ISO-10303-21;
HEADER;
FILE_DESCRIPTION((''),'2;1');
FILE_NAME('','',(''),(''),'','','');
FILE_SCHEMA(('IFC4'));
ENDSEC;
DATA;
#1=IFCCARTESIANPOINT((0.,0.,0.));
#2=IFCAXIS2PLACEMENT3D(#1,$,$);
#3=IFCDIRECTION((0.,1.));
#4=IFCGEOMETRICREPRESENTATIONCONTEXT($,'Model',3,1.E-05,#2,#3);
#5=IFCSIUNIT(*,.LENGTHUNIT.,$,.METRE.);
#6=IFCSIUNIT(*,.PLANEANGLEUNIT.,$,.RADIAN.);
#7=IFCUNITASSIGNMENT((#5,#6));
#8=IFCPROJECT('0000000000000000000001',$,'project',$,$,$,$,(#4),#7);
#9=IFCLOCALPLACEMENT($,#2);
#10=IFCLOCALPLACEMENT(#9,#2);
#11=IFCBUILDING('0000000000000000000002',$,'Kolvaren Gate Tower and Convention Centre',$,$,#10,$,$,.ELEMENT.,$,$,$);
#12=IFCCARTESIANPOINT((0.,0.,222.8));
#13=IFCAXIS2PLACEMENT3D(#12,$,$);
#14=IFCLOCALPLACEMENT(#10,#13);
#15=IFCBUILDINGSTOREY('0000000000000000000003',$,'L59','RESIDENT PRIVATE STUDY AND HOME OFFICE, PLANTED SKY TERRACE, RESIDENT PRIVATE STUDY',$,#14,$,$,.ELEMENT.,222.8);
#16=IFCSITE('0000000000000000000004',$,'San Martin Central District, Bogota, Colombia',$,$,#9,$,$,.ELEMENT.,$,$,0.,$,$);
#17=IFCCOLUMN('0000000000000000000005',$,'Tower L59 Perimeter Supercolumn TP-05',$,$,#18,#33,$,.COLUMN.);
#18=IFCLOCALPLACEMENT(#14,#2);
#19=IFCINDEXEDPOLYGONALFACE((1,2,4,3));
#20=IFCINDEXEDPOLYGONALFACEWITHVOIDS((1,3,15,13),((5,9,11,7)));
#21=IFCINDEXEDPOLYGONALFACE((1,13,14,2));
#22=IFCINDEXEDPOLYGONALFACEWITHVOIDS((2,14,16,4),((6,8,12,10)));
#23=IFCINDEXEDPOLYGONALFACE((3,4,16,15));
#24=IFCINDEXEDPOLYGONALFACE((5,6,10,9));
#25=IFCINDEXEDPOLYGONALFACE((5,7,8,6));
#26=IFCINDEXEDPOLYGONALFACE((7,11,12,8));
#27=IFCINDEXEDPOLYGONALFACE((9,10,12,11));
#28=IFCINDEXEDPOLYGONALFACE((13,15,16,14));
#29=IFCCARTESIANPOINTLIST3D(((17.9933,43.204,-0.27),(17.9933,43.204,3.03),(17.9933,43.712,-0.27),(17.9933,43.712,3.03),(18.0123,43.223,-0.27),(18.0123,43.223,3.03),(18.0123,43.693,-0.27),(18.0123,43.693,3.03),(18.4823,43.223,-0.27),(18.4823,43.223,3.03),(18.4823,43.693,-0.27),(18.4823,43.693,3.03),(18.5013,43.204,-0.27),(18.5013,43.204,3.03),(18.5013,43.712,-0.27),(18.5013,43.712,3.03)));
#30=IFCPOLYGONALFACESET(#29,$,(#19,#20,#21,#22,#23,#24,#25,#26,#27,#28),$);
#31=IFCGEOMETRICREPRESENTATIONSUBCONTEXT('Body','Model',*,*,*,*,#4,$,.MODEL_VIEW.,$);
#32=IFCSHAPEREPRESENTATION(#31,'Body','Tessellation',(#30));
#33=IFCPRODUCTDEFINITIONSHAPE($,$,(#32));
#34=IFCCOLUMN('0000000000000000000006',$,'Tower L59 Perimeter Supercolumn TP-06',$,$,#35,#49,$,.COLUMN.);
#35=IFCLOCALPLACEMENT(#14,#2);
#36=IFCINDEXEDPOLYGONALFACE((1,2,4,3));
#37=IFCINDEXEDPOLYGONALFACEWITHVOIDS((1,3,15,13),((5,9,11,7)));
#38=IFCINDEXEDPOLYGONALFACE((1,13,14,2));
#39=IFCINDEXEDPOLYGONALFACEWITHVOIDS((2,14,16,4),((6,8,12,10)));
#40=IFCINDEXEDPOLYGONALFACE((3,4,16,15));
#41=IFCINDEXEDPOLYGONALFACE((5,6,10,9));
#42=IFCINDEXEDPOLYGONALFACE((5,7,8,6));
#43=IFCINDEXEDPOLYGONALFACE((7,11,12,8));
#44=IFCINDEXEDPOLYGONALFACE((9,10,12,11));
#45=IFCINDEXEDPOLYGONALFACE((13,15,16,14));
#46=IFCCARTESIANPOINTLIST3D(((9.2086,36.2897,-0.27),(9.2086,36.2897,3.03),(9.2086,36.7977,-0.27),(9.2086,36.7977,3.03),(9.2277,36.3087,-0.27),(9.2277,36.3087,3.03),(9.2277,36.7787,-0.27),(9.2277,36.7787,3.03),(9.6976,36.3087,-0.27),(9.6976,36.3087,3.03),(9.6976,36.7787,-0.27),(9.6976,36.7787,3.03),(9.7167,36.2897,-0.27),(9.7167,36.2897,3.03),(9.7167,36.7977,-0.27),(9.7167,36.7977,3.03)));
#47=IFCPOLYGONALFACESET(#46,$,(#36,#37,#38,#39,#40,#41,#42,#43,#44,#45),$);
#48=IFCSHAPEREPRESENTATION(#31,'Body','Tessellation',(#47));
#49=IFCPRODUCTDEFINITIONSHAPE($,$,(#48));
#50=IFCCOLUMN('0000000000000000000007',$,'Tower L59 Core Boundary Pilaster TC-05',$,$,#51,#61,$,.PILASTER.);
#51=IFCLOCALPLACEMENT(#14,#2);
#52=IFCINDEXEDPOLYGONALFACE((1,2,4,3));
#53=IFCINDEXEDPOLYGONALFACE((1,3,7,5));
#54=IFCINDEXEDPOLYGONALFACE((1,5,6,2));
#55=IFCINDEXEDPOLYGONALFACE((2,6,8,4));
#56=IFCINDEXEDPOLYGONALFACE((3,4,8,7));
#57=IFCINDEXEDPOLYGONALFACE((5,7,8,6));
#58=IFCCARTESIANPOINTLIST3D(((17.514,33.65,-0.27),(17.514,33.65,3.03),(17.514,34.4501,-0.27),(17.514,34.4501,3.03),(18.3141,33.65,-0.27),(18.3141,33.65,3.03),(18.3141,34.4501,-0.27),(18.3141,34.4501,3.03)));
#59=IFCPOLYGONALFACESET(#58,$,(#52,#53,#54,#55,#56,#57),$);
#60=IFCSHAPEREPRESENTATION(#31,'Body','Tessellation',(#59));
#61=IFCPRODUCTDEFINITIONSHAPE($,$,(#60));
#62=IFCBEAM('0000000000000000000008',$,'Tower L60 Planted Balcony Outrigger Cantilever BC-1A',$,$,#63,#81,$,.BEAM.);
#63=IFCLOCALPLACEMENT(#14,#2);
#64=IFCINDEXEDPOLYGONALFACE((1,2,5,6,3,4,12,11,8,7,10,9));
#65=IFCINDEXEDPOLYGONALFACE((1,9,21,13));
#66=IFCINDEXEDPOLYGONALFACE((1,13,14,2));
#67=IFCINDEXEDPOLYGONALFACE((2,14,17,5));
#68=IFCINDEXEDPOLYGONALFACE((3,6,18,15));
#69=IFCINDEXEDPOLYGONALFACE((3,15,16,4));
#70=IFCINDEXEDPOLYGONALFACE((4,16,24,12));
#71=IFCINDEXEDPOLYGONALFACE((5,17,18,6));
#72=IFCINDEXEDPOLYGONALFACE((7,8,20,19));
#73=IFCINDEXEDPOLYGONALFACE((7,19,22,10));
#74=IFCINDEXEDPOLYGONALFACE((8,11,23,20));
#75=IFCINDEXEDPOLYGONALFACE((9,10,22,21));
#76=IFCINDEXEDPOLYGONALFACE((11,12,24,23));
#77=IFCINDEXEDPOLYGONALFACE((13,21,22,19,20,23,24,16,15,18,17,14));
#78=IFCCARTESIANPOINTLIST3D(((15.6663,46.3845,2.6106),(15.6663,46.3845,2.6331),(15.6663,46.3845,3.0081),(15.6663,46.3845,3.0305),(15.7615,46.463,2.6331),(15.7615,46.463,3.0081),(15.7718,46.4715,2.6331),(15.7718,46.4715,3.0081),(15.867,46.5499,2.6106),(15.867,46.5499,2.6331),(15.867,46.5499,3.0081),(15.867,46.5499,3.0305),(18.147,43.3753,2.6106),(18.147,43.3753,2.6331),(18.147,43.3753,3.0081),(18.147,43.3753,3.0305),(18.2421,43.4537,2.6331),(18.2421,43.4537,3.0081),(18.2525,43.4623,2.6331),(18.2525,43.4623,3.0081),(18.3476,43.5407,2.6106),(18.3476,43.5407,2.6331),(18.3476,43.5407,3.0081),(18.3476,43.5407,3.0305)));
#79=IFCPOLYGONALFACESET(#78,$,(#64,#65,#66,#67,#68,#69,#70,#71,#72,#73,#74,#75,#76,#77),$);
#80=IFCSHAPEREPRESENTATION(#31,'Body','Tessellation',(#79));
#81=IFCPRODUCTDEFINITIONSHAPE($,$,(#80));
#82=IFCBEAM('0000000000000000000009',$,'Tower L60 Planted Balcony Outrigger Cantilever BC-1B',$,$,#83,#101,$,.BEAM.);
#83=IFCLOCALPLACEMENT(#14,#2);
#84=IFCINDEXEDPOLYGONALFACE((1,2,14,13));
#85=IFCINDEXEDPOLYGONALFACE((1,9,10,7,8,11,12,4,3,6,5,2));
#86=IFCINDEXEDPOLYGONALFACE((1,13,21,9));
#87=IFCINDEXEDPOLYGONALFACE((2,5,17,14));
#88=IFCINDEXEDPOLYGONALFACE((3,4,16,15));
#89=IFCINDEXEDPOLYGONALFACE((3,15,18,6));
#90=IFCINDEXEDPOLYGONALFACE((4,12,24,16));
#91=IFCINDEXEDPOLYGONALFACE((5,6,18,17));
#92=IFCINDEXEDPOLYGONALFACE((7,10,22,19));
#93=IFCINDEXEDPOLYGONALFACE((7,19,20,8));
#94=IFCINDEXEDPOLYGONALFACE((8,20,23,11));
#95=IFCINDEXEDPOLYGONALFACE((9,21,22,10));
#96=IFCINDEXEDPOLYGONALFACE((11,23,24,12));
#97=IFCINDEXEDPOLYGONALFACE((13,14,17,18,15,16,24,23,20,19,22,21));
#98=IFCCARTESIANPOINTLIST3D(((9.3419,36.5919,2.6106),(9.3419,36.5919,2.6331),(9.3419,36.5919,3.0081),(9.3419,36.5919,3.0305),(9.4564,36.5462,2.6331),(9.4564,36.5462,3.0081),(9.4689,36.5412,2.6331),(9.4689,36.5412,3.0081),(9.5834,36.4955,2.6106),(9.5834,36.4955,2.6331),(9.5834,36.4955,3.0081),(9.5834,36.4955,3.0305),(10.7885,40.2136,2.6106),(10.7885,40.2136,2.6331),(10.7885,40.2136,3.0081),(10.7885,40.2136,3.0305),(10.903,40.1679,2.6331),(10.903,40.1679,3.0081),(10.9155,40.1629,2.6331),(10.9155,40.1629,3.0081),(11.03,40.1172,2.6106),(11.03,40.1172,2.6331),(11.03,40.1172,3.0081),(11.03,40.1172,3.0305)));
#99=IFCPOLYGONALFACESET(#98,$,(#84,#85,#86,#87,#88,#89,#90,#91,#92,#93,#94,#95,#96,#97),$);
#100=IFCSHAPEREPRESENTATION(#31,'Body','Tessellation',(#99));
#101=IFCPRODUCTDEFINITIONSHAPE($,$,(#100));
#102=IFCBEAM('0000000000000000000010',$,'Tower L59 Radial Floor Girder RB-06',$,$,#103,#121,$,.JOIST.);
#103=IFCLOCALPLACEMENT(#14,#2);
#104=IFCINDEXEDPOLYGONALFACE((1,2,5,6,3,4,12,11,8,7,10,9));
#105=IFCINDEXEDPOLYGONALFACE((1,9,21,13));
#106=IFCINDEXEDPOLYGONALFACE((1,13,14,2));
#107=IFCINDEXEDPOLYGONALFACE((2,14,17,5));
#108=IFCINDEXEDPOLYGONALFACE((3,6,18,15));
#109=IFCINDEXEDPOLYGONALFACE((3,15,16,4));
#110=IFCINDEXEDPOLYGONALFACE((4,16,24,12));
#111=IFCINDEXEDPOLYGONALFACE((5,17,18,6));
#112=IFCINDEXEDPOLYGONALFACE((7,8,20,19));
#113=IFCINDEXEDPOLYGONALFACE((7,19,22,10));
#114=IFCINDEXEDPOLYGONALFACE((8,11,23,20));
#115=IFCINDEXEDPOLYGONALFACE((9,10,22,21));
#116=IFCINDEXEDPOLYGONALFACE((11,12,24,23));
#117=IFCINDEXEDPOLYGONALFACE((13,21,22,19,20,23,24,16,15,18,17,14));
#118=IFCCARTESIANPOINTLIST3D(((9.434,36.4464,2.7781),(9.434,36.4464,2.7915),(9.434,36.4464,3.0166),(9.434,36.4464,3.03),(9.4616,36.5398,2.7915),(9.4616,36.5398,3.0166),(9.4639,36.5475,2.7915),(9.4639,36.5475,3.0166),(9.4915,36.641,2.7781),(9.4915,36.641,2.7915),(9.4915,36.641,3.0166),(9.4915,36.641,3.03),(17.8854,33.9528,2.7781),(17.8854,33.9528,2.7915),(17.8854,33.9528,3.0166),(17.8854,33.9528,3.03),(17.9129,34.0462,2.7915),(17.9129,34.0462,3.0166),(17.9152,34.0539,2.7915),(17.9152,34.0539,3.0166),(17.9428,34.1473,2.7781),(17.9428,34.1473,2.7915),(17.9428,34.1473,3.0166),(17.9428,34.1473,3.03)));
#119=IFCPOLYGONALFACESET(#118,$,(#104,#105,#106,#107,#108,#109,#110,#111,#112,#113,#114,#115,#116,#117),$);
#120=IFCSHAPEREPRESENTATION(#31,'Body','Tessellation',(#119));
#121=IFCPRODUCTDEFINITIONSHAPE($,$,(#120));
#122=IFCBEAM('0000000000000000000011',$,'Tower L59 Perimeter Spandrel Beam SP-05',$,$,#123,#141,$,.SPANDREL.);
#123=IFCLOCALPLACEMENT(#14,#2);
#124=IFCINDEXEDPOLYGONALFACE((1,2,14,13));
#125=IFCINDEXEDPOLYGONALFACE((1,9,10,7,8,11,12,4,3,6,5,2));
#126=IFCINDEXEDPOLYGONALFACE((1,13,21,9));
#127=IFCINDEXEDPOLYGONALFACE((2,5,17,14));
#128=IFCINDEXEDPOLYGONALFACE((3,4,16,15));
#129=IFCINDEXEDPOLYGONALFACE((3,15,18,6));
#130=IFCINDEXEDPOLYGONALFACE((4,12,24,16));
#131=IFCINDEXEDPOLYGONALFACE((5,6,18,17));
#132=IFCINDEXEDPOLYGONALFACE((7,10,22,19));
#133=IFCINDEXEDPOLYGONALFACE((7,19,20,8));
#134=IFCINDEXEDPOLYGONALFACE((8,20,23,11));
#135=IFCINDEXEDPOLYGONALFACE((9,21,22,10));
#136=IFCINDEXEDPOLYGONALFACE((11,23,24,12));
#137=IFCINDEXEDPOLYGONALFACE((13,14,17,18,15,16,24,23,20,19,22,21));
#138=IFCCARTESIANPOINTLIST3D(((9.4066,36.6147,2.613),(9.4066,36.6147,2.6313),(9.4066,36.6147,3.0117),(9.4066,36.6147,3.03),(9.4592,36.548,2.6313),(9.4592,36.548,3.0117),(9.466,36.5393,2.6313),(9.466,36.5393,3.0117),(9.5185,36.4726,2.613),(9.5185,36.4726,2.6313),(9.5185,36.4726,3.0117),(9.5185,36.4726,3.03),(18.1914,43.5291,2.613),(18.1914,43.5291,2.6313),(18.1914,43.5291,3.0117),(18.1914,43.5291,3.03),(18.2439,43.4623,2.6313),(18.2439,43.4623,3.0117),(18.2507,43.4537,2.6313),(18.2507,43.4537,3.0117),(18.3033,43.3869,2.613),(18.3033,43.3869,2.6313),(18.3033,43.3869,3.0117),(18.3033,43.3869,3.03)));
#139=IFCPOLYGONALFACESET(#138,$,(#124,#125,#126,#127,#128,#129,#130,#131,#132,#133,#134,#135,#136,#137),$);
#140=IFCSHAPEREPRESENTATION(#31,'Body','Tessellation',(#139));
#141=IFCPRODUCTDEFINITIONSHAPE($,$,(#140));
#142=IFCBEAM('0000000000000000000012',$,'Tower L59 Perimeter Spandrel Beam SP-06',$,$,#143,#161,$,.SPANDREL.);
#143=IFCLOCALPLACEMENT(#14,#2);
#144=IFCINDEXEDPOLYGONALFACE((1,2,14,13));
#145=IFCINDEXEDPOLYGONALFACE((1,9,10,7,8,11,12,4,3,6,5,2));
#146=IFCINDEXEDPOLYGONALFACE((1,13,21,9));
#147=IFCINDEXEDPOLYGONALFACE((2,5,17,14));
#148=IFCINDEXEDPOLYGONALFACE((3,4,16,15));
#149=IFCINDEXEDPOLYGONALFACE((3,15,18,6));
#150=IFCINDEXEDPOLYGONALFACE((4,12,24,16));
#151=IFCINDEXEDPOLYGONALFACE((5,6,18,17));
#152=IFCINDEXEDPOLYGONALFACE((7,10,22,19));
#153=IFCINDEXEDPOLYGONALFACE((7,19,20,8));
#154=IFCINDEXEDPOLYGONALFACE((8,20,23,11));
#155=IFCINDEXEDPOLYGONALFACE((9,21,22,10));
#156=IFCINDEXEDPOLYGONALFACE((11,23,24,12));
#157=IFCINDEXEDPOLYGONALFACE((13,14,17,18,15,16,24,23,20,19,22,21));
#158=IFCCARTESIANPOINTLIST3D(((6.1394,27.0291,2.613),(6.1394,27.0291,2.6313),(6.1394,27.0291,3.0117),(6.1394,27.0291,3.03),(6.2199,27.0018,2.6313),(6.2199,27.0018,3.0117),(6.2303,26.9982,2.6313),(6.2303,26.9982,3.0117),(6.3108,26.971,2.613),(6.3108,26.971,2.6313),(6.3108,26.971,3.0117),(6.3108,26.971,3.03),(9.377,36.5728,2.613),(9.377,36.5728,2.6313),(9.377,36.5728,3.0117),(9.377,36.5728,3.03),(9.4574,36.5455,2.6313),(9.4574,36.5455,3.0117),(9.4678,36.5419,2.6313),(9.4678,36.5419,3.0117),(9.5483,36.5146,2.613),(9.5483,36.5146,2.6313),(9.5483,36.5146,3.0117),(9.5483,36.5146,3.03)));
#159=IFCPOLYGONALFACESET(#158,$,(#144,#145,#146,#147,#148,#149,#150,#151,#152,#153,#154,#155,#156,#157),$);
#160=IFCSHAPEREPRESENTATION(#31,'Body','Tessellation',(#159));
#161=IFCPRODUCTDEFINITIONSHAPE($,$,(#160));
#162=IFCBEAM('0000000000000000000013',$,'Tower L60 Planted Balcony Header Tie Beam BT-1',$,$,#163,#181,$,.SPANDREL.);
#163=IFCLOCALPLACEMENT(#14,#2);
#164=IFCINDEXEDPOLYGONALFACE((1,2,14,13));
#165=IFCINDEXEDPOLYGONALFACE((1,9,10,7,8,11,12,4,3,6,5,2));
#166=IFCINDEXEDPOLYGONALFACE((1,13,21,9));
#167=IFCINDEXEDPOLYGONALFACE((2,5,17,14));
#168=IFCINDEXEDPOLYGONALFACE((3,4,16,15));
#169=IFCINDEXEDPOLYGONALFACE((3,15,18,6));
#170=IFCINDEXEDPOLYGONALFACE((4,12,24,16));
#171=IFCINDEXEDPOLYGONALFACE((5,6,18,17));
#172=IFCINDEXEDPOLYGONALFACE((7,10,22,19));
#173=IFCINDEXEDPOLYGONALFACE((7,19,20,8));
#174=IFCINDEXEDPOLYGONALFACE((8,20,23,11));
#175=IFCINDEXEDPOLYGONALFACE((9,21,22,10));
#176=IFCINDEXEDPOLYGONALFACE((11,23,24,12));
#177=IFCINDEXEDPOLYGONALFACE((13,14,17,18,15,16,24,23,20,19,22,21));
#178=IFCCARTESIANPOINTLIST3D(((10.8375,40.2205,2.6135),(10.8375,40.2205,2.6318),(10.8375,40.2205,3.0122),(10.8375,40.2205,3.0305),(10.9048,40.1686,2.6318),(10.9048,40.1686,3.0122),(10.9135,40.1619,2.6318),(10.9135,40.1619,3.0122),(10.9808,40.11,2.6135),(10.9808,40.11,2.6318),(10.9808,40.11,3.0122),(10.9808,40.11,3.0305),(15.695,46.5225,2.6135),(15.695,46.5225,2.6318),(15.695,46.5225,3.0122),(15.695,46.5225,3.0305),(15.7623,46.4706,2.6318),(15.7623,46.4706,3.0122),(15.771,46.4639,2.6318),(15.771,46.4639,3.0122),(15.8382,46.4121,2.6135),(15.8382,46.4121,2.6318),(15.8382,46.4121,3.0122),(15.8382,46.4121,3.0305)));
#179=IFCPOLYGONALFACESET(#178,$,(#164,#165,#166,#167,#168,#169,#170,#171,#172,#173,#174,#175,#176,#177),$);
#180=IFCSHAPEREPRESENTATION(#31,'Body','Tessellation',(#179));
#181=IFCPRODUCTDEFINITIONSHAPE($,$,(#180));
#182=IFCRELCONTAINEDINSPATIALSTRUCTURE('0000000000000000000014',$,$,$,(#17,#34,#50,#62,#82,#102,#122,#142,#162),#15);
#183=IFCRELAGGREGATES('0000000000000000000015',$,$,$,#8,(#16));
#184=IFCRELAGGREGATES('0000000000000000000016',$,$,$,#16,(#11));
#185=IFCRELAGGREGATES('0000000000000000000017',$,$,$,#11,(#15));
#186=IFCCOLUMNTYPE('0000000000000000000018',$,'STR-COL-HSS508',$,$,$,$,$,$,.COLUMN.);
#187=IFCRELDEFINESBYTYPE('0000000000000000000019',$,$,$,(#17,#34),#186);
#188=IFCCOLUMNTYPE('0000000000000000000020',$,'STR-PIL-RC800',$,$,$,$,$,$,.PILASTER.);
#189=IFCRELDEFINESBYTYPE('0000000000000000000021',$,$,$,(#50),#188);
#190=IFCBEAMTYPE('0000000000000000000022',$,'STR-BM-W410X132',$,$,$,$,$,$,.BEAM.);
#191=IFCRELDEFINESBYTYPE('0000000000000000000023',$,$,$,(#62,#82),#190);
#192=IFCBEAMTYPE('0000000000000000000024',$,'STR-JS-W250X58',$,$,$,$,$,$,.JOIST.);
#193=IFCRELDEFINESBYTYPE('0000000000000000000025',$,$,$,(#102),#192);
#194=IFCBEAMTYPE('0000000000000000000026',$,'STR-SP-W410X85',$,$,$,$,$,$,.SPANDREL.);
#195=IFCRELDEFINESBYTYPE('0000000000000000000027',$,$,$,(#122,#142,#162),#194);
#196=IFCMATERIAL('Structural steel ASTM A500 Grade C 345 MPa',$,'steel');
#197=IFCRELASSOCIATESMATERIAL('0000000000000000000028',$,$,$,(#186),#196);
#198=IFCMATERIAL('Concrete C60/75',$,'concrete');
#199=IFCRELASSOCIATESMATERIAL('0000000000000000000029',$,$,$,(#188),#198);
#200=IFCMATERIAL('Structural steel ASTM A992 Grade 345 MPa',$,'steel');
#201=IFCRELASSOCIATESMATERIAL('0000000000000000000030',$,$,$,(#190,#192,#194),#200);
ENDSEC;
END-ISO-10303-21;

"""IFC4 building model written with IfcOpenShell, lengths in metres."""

from ifc_helpers import new_model, si_unit, direction, frame, origin, origin_2d, place, context, subcontext, project, spatial, rectangle, hollow_rectangle, i_section, extrude, material, material_profile, profile_set, type_object, element, save


model = new_model("IFC4")

# Units and contexts
model_context = context("Model", 3, precision=1e-05, world=origin(), true_north=direction((0.0, 1.0)))
body_context = subcontext(model_context, "Body", "Model", "MODEL_VIEW")
ifc_project = project(units=[si_unit("LENGTHUNIT", "METRE"), si_unit("PLANEANGLEUNIT", "RADIAN")], contexts=[model_context])

# Site, building, storey
site_placement = place(None, origin())
site = spatial("IfcSite", under=ifc_project, at=site_placement, Name="San Martin Central District, Bogota, Colombia", CompositionType="ELEMENT", RefElevation=0.0)
building_placement = place(site_placement, origin())
building = spatial("IfcBuilding", under=site, at=building_placement, Name="Kolvaren Gate Tower and Convention Centre", CompositionType="ELEMENT")
storey_placement = place(building_placement, frame((0.0, 0.0, 222.8)))
storey = spatial("IfcBuildingStorey", under=building, at=storey_placement, Name="L59", Description="RESIDENT PRIVATE STUDY AND HOME OFFICE, PLANTED SKY TERRACE, RESIDENT PRIVATE STUDY", CompositionType="ELEMENT", Elevation=222.8)

# Columns
ifc_material_1 = material(Name="Structural steel ASTM A500 Grade C 345 MPa", Category="steel")
ifc_material_profile_1 = material_profile(ifc_material_1, hollow_rectangle(XDim=0.5081, YDim=0.5081, WallThickness=0.019, at=origin_2d()), Name="HSS508X508X19.1")
ifc_profile_set_1 = profile_set([ifc_material_profile_1], Name="Structural steel ASTM A500 Grade C 345 MPa")
column_type_1 = type_object("IfcColumnType", Name="STR-COL-HSS508", PredefinedType="COLUMN", material=ifc_profile_set_1)
for number, where, z_axis, x_axis, name in (
    (1, (18.2473, 43.458, -0.27), (0.0, 0.0, 1.0), (1.0, 0.0, 0.0), "Tower L59 Perimeter Supercolumn TP-05"),
    (2, (9.4626, 36.5437, -0.27), (0.0, 0.0, 1.0), (1.0, 0.0, 0.0), "Tower L59 Perimeter Supercolumn TP-06"),
):
    element("IfcColumn", number, at=place(storey_placement, frame(where, z_axis=z_axis, x_axis=x_axis)), inside=storey, type_object=column_type_1, Name=name, PredefinedType="COLUMN", context=body_context, shape_type="SweptSolid", body=[
        extrude(hollow_rectangle(XDim=0.5081, YDim=0.5081, WallThickness=0.019, at=origin_2d()), origin(), (0.0, 0.0, 1.0), 3.3),
    ])
ifc_material_2 = material(Name="Concrete C60/75", Category="concrete")
ifc_material_profile_2 = material_profile(ifc_material_2, rectangle(XDim=0.8, YDim=0.8, at=origin_2d()), Name="RC-COL-800X800")
ifc_profile_set_2 = profile_set([ifc_material_profile_2], Name="Concrete C60/75")
column_type_2 = type_object("IfcColumnType", Name="STR-PIL-RC800", PredefinedType="PILASTER", material=ifc_profile_set_2)
column_placement = place(storey_placement, frame((17.9141, 34.05, -0.27), z_axis=(0.0, 0.0, 1.0), x_axis=(1.0, 0.0, 0.0)))
element("IfcColumn", 3, at=column_placement, inside=storey, type_object=column_type_2, Name="Tower L59 Core Boundary Pilaster TC-05", PredefinedType="PILASTER", context=body_context, shape_type="SweptSolid", body=[
    extrude(rectangle(XDim=0.8, YDim=0.8, at=origin_2d()), origin(), (0.0, 0.0, 1.0), 3.3),
])

# Beams
ifc_material_3 = material(Name="Structural steel ASTM A992 Grade 345 MPa", Category="steel")
ifc_material_profile_3 = material_profile(ifc_material_3, i_section(OverallWidth=0.26, OverallDepth=0.4199, WebThickness=0.0134, FlangeThickness=0.0225, at=origin_2d()), Name="W410X132")
ifc_profile_set_3 = profile_set([ifc_material_profile_3], Name="Structural steel ASTM A992 Grade 345 MPa")
beam_type_1 = type_object("IfcBeamType", Name="STR-BM-W410X132", PredefinedType="BEAM", material=ifc_profile_set_3)
for number, where, z_axis, x_axis, name in (
    (4, (18.2473, 43.458, 2.8206), (-0.636087, 0.771618, 0.0), (-0.771618, -0.636087, 0.0), "Tower L60 Planted Balcony Outrigger Cantilever BC-1A"),
    (5, (9.4626, 36.5437, 2.8206), (0.370926, 0.928662, 0.0), (-0.928662, 0.370926, 0.0), "Tower L60 Planted Balcony Outrigger Cantilever BC-1B"),
):
    element("IfcBeam", number, at=place(storey_placement, frame(where, z_axis=z_axis, x_axis=x_axis)), inside=storey, type_object=beam_type_1, Name=name, PredefinedType="BEAM", context=body_context, shape_type="SweptSolid", body=[
        extrude(i_section(OverallWidth=0.26, OverallDepth=0.4199, WebThickness=0.0134, FlangeThickness=0.0225, at=origin_2d()), origin(), (0.0, 0.0, 1.0), 3.8999),
    ])
ifc_material_profile_4 = material_profile(ifc_material_3, i_section(OverallWidth=0.2029, OverallDepth=0.252, WebThickness=0.0081, FlangeThickness=0.0134, at=origin_2d()), Name="W250X58")
ifc_profile_set_4 = profile_set([ifc_material_profile_4], Name="Structural steel ASTM A992 Grade 345 MPa")
beam_type_2 = type_object("IfcBeamType", Name="STR-JS-W250X58", PredefinedType="JOIST", material=ifc_profile_set_4)
beam_1_placement = place(storey_placement, frame((17.9141, 34.05, 2.9041), z_axis=(-0.959121, 0.282996, 0.0), x_axis=(-0.282996, -0.959121, 0.0)))
element("IfcBeam", 6, at=beam_1_placement, inside=storey, type_object=beam_type_2, Name="Tower L59 Radial Floor Girder RB-06", PredefinedType="JOIST", context=body_context, shape_type="SweptSolid", body=[
    extrude(i_section(OverallWidth=0.2029, OverallDepth=0.252, WebThickness=0.0081, FlangeThickness=0.0134, at=origin_2d()), origin(), (0.0, 0.0, 1.0), 8.8115),
])
ifc_material_profile_5 = material_profile(ifc_material_3, i_section(OverallWidth=0.1809, OverallDepth=0.417, WebThickness=0.011, FlangeThickness=0.0183, at=origin_2d()), Name="W410X85")
ifc_profile_set_5 = profile_set([ifc_material_profile_5], Name="Structural steel ASTM A992 Grade 345 MPa")
beam_type_3 = type_object("IfcBeamType", Name="STR-SP-W410X85", PredefinedType="SPANDREL", material=ifc_profile_set_5)
beam_2_placement = place(storey_placement, frame((18.2473, 43.458, 2.8215), z_axis=(-0.785794, -0.618489, 0.0), x_axis=(0.618489, -0.785794, 0.0)))
element("IfcBeam", 7, at=beam_2_placement, inside=storey, type_object=beam_type_3, Name="Tower L59 Perimeter Spandrel Beam SP-05", PredefinedType="SPANDREL", context=body_context, shape_type="SweptSolid", body=[
    extrude(i_section(OverallWidth=0.1809, OverallDepth=0.417, WebThickness=0.011, FlangeThickness=0.0183, at=origin_2d()), origin(), (0.0, 0.0, 1.0), 11.1794),
])
beam_3_placement = place(storey_placement, frame((9.4626, 36.5437, 2.8215), z_axis=(-0.321253, -0.946994, 0.0), x_axis=(0.946994, -0.321253, 0.0)))
element("IfcBeam", 8, at=beam_3_placement, inside=storey, type_object=beam_type_3, Name="Tower L59 Perimeter Spandrel Beam SP-06", PredefinedType="SPANDREL", context=body_context, shape_type="SweptSolid", body=[
    extrude(i_section(OverallWidth=0.1809, OverallDepth=0.417, WebThickness=0.011, FlangeThickness=0.0183, at=origin_2d()), origin(), (0.0, 0.0, 1.0), 10.0779),
])
beam_4_placement = place(storey_placement, frame((15.7666, 46.4673, 2.822), z_axis=(-0.610479, -0.792033, 0.0), x_axis=(0.792033, -0.610479, 0.0)))
element("IfcBeam", 9, at=beam_4_placement, inside=storey, type_object=beam_type_3, Name="Tower L60 Planted Balcony Header Tie Beam BT-1", PredefinedType="SPANDREL", context=body_context, shape_type="SweptSolid", body=[
    extrude(i_section(OverallWidth=0.1809, OverallDepth=0.417, WebThickness=0.011, FlangeThickness=0.0183, at=origin_2d()), origin(), (0.0, 0.0, 1.0), 7.9568),
])

save(model, "model.ifc")
